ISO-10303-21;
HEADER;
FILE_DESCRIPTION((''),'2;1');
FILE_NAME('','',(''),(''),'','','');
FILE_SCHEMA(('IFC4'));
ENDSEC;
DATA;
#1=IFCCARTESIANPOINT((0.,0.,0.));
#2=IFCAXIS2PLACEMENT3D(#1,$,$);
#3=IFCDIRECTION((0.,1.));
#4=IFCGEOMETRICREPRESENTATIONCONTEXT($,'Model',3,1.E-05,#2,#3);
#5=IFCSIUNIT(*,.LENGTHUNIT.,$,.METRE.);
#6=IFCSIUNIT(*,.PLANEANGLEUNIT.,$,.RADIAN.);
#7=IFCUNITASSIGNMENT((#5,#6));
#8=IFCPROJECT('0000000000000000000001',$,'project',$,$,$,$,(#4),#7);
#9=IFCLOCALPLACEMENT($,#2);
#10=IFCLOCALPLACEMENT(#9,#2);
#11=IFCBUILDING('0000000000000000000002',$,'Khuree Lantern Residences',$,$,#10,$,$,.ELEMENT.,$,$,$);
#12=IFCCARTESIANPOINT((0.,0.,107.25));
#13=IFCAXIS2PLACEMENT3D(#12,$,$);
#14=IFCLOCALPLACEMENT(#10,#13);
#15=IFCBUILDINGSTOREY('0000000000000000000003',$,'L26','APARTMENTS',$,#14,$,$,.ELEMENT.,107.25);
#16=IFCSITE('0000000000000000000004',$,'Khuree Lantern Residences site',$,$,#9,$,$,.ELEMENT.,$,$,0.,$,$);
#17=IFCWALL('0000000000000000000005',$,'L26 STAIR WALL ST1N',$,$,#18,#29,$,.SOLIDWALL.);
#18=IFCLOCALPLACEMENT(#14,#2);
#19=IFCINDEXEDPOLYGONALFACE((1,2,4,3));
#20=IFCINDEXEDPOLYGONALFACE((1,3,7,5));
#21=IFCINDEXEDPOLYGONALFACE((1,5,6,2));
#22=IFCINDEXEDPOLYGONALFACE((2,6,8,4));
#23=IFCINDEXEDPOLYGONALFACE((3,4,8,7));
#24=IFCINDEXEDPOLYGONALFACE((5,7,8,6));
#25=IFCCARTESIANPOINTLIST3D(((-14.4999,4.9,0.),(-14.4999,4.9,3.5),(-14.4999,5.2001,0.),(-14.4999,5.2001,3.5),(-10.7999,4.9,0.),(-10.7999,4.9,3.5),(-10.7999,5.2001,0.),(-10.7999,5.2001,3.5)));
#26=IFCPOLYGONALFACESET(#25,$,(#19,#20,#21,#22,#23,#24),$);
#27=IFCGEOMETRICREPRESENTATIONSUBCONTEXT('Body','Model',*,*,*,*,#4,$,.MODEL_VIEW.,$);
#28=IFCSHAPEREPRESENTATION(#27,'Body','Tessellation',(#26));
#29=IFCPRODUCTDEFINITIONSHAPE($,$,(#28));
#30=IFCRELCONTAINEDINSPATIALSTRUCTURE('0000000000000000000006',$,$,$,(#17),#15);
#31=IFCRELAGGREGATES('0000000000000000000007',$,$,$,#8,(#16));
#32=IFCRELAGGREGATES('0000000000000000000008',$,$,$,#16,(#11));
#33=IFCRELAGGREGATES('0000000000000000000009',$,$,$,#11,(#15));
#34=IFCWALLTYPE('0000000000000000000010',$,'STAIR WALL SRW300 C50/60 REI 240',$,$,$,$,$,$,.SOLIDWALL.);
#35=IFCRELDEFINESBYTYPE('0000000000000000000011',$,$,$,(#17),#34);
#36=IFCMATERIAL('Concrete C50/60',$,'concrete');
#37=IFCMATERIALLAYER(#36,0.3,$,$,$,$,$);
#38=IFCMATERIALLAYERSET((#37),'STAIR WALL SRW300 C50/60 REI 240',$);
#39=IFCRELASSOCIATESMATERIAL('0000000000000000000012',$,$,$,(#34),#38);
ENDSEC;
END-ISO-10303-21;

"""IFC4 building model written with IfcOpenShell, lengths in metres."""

from ifc_helpers import new_model, si_unit, direction, frame, frame_2d, origin, place, context, subcontext, project, spatial, rectangle, extrude, material, layer, layer_set, type_object, element, save


model = new_model("IFC4")

# Units and contexts
model_context = context("Model", 3, precision=1e-05, world=origin(), true_north=direction((0.0, 1.0)))
body_context = subcontext(model_context, "Body", "Model", "MODEL_VIEW")
ifc_project = project(units=[si_unit("LENGTHUNIT", "METRE"), si_unit("PLANEANGLEUNIT", "RADIAN")], contexts=[model_context])

# Site, building, storey
site_placement = place(None, origin())
site = spatial("IfcSite", under=ifc_project, at=site_placement, Name="Khuree Lantern Residences site", CompositionType="ELEMENT", RefElevation=0.0)
building_placement = place(site_placement, origin())
building = spatial("IfcBuilding", under=site, at=building_placement, Name="Khuree Lantern Residences", CompositionType="ELEMENT")
storey_placement = place(building_placement, frame((0.0, 0.0, 107.25)))
storey = spatial("IfcBuildingStorey", under=building, at=storey_placement, Name="L26", Description="APARTMENTS", CompositionType="ELEMENT", Elevation=107.25)

# Wall
ifc_material_1 = material(Name="Concrete C50/60", Category="concrete")
ifc_layer_1 = layer(ifc_material_1, 0.3)
ifc_layer_set_1 = layer_set([ifc_layer_1], Name="STAIR WALL SRW300 C50/60 REI 240")
wall_type_1 = type_object("IfcWallType", Name="STAIR WALL SRW300 C50/60 REI 240", PredefinedType="SOLIDWALL", material=ifc_layer_set_1)
wall_1_placement = place(storey_placement, frame((-14.5, 5.05, 0.0), z_axis=(0.0, 0.0, 1.0), x_axis=(1.0, 0.0, 0.0)))
element("IfcWall", 1, at=wall_1_placement, inside=storey, type_object=wall_type_1, Name="L26 STAIR WALL ST1N", PredefinedType="SOLIDWALL", context=body_context, shape_type="SweptSolid", body=[
    extrude(rectangle(XDim=3.7, YDim=0.3, at=frame_2d((1.8501, 0.0))), origin(), (0.0, 0.0, 1.0), 3.5),
])

save(model, "model.ifc")
